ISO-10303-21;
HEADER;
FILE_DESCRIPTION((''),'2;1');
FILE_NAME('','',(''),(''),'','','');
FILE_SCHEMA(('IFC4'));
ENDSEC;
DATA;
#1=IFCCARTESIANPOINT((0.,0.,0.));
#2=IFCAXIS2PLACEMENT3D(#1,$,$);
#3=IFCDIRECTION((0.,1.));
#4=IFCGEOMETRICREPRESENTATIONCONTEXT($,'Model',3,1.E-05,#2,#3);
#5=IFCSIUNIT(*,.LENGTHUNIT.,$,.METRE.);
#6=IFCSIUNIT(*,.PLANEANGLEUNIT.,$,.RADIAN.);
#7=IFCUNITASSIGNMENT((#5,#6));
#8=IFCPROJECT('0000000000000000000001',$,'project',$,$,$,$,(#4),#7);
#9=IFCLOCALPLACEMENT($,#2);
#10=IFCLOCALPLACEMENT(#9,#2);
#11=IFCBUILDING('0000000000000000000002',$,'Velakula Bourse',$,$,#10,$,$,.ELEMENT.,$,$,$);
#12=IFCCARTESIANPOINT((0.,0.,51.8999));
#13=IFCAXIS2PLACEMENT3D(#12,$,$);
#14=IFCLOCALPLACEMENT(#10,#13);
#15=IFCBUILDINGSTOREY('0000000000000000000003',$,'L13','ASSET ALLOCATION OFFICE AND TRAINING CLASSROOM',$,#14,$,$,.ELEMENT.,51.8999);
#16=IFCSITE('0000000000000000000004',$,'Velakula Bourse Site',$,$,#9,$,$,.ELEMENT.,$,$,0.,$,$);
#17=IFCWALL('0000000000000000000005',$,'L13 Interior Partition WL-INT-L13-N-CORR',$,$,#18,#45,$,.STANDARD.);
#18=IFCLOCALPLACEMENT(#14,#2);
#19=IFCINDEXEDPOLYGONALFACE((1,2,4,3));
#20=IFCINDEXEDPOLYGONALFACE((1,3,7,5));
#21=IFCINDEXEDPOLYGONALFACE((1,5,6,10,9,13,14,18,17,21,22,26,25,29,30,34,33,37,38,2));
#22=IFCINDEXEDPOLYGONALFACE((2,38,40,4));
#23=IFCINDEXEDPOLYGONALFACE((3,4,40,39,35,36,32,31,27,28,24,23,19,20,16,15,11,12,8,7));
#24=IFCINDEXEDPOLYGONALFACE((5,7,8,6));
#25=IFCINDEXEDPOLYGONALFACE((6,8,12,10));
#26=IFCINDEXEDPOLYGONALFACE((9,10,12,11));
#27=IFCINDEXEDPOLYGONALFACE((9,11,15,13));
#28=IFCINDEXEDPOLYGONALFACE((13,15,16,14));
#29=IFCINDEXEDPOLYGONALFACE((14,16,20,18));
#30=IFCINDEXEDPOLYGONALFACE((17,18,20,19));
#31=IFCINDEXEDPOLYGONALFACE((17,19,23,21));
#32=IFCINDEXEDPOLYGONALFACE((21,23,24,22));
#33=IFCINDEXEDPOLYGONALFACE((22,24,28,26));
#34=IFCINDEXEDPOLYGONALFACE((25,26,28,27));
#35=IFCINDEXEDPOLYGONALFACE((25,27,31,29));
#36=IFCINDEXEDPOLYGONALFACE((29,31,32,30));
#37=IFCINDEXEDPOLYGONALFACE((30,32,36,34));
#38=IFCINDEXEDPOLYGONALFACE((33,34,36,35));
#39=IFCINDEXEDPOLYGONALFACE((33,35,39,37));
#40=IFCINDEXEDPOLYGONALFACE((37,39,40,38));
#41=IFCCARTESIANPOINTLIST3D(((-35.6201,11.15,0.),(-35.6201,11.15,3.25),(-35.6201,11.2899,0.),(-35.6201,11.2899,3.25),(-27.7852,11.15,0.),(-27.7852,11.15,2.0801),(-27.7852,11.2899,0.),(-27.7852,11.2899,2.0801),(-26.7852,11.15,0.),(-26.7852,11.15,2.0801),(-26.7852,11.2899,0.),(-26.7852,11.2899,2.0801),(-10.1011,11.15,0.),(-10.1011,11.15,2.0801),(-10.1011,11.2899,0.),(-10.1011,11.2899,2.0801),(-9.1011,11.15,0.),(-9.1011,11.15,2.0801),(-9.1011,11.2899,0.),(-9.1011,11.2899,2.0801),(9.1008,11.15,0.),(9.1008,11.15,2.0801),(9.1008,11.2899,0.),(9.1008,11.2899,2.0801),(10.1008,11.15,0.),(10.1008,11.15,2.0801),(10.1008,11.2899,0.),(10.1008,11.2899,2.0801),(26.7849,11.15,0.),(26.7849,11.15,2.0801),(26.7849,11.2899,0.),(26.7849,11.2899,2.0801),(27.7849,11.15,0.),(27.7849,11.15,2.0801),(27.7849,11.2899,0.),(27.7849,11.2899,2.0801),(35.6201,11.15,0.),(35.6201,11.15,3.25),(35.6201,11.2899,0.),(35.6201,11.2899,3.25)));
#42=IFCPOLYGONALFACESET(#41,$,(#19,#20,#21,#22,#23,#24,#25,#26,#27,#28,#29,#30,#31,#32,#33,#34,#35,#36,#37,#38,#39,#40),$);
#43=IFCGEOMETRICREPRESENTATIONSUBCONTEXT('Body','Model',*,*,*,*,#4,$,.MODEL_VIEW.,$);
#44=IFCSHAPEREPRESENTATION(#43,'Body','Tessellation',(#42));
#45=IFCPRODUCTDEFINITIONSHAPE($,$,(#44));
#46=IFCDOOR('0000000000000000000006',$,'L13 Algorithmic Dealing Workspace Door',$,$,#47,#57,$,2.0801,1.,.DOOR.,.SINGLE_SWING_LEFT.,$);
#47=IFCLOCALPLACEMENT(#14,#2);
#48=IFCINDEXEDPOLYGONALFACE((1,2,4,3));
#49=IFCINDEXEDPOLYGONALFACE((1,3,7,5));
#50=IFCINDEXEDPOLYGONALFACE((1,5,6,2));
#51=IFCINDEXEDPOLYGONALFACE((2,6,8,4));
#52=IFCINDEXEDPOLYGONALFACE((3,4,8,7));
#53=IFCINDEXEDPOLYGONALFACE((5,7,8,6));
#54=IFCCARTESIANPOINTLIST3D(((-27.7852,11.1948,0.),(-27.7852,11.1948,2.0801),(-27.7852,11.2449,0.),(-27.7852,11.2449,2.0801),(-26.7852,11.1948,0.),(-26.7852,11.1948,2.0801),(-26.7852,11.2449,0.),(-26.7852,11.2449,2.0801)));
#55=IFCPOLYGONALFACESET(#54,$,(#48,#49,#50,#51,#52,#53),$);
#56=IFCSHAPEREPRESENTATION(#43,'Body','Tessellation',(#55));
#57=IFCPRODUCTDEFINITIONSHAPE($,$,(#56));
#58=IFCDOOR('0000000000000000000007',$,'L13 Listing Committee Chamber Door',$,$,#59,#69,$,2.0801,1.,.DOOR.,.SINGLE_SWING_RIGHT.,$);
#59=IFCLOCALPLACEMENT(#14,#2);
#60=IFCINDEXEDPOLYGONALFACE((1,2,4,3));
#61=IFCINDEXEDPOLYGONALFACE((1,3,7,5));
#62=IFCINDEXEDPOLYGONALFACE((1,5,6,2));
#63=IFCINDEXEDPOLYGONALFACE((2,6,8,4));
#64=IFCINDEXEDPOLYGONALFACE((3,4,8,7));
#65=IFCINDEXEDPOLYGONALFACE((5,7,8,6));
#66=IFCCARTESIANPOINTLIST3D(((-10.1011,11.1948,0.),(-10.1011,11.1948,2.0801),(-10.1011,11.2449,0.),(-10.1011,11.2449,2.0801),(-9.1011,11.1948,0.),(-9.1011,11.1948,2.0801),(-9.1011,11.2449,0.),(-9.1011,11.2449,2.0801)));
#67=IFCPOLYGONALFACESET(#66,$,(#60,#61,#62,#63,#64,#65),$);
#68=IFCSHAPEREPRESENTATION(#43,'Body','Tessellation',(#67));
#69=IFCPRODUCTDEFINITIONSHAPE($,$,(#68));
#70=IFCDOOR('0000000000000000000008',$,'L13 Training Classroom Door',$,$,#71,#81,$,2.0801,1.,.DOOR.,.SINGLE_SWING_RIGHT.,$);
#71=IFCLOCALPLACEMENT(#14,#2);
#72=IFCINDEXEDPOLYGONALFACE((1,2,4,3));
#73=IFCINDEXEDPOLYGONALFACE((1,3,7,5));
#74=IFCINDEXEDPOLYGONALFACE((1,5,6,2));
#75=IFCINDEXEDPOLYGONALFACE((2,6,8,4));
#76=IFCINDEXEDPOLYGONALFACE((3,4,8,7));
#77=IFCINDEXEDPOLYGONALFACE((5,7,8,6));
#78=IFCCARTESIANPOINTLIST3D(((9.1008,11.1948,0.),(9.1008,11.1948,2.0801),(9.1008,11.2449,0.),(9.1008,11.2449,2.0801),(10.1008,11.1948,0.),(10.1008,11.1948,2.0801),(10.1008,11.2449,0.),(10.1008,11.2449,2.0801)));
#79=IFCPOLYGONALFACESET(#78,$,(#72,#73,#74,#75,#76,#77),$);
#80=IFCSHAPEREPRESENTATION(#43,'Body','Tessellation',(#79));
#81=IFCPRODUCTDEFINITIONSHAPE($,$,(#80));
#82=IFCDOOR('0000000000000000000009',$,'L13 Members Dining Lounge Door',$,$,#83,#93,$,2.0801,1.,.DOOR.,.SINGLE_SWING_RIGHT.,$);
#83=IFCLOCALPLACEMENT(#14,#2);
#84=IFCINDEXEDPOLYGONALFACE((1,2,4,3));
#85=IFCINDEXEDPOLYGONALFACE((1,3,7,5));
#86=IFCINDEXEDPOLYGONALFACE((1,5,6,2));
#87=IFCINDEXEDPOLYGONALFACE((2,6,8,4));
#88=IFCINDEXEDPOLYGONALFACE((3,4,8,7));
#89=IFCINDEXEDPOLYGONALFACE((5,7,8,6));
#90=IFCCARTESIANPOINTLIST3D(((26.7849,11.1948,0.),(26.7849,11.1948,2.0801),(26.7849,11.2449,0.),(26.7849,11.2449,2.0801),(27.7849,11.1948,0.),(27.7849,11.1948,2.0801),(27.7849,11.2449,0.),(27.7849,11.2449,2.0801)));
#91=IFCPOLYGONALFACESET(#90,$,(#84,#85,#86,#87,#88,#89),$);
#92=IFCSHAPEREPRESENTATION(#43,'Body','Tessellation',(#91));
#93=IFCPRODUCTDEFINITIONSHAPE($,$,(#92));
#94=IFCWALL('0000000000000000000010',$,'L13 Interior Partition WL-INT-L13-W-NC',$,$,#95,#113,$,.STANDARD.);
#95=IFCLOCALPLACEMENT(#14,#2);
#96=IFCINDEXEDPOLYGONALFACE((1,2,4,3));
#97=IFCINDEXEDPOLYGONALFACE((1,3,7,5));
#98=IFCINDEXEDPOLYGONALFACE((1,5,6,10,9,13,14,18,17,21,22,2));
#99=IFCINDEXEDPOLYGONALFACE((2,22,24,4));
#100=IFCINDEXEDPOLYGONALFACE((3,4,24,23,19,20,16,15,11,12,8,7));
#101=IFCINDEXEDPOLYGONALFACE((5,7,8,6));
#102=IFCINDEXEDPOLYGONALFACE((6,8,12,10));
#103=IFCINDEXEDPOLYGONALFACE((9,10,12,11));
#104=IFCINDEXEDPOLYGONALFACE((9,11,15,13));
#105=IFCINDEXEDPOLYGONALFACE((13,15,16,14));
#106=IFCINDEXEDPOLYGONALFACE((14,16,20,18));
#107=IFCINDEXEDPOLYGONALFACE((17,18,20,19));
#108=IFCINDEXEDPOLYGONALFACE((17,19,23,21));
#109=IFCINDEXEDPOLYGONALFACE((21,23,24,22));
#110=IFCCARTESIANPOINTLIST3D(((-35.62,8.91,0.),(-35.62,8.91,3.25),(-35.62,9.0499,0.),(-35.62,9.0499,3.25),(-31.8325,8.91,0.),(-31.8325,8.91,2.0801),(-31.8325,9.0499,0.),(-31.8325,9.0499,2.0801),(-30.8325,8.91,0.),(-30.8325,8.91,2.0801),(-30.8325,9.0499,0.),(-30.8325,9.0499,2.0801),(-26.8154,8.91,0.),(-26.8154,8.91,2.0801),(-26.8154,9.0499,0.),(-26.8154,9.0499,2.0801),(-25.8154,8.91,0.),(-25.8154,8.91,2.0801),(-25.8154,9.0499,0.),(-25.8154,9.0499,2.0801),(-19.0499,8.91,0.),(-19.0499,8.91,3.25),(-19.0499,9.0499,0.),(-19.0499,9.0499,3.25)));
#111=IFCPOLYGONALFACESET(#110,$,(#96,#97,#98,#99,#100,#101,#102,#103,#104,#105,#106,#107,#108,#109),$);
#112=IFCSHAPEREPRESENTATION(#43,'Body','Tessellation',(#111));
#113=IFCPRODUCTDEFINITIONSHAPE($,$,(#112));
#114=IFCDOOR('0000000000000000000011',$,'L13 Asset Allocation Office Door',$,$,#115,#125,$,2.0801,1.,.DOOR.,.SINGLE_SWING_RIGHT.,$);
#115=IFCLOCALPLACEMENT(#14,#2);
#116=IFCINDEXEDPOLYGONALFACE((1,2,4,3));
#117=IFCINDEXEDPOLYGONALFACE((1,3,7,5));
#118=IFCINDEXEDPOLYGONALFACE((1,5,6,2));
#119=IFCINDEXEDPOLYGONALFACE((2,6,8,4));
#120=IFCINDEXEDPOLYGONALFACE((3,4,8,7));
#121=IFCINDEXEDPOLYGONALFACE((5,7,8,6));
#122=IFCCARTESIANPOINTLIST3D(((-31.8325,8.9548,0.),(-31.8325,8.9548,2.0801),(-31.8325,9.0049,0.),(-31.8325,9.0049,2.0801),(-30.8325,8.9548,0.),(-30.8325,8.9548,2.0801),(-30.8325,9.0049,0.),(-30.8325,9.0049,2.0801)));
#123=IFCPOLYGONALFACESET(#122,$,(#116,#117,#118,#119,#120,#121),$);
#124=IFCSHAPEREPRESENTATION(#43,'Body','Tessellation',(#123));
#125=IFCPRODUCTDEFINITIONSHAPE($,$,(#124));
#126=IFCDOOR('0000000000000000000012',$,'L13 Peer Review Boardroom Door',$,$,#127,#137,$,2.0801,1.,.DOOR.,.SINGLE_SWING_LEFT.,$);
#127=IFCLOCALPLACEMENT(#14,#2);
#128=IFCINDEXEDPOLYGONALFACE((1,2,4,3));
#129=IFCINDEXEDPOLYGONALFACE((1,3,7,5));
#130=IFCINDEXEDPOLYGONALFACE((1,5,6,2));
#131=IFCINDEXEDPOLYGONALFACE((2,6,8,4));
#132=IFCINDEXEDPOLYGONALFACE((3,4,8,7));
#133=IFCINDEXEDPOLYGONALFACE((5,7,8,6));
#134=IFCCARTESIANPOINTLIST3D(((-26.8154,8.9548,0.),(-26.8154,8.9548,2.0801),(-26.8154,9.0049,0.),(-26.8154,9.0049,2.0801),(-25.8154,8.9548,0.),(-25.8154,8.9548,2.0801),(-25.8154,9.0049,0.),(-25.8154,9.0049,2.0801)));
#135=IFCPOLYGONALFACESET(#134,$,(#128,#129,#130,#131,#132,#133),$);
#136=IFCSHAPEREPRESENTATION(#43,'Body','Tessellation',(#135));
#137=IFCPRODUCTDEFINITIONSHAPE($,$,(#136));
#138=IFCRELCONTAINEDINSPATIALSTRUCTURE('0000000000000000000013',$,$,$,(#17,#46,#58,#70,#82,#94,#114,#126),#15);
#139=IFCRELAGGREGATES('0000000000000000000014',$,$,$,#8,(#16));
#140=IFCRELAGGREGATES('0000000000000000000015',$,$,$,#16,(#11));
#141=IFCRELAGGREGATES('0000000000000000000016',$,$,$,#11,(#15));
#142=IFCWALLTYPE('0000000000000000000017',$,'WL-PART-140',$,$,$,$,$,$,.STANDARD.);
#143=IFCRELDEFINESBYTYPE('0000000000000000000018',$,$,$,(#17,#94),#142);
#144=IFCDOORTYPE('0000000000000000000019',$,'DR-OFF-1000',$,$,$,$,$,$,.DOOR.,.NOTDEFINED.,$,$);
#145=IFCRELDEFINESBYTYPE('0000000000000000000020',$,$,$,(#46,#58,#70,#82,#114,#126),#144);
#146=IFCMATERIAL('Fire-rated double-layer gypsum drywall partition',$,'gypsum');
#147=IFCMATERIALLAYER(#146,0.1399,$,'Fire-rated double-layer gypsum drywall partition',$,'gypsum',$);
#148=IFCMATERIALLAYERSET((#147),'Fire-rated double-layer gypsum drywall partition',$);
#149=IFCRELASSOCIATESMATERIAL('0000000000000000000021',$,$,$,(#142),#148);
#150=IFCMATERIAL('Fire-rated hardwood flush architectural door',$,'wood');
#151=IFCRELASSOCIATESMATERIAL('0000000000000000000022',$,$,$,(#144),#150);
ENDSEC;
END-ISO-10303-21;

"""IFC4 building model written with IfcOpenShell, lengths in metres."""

from ifc_helpers import new_model, si_unit, direction, frame, frame_2d, origin, place, context, subcontext, project, spatial, rectangle, extrude, material, layer, layer_set, type_object, element, fill, save


model = new_model("IFC4")

# Units and contexts
model_context = context("Model", 3, precision=1e-05, world=origin(), true_north=direction((0.0, 1.0)))
body_context = subcontext(model_context, "Body", "Model", "MODEL_VIEW")
ifc_project = project(units=[si_unit("LENGTHUNIT", "METRE"), si_unit("PLANEANGLEUNIT", "RADIAN")], contexts=[model_context])

# Site, building, storey
site_placement = place(None, origin())
site = spatial("IfcSite", under=ifc_project, at=site_placement, Name="Velakula Bourse Site", CompositionType="ELEMENT", RefElevation=0.0)
building_placement = place(site_placement, origin())
building = spatial("IfcBuilding", under=site, at=building_placement, Name="Velakula Bourse", CompositionType="ELEMENT")
storey_placement = place(building_placement, frame((0.0, 0.0, 51.8999)))
storey = spatial("IfcBuildingStorey", under=building, at=storey_placement, Name="L13", Description="ASSET ALLOCATION OFFICE AND TRAINING CLASSROOM", CompositionType="ELEMENT", Elevation=51.8999)

# Walls, openings, doors
ifc_material_1 = material(Name="Fire-rated double-layer gypsum drywall partition", Category="gypsum")
ifc_layer_1 = layer(ifc_material_1, 0.1399, Name="Fire-rated double-layer gypsum drywall partition", Category="gypsum")
ifc_layer_set_1 = layer_set([ifc_layer_1], Name="Fire-rated double-layer gypsum drywall partition")
wall_type_1 = type_object("IfcWallType", Name="WL-PART-140", PredefinedType="STANDARD", material=ifc_layer_set_1)
wall_1_placement = place(storey_placement, frame((-35.6201, 11.22, 0.0), z_axis=(0.0, 0.0, 1.0), x_axis=(1.0, 0.0, 0.0)))
wall_1 = element("IfcWall", 1, at=wall_1_placement, inside=storey, type_object=wall_type_1, Name="L13 Interior Partition WL-INT-L13-N-CORR", PredefinedType="STANDARD", context=body_context, shape_type="SweptSolid", body=[
    extrude(rectangle(XDim=71.2402, YDim=0.1399, at=frame_2d((35.6201, 0.0))), origin(), (0.0, 0.0, 1.0), 3.25),
])
opening_1_placement = place(wall_1_placement, frame((7.835, 0.0, 0.0)))
opening_1 = element("IfcOpeningElement", 2, at=opening_1_placement, cuts=wall_1, PredefinedType="OPENING", context=body_context, shape_type="SweptSolid", body=[
    extrude(rectangle(XDim=1.0, YDim=2.0801, at=frame_2d((0.5, 1.04))), frame((0.0, 0.0798, 0.0), z_axis=(0.0, -1.0, 0.0), x_axis=(1.0, 0.0, 0.0)), (0.0, 0.0, 1.0), 0.1599),
])
opening_2_placement = place(wall_1_placement, frame((25.519, 0.0, 0.0)))
opening_2 = element("IfcOpeningElement", 3, at=opening_2_placement, cuts=wall_1, PredefinedType="OPENING", context=body_context, shape_type="SweptSolid", body=[
    extrude(rectangle(XDim=1.0, YDim=2.0801, at=frame_2d((0.5, 1.04))), frame((0.0, 0.0798, 0.0), z_axis=(0.0, -1.0, 0.0), x_axis=(1.0, 0.0, 0.0)), (0.0, 0.0, 1.0), 0.1599),
])
opening_3_placement = place(wall_1_placement, frame((44.7209, 0.0, 0.0)))
opening_3 = element("IfcOpeningElement", 4, at=opening_3_placement, cuts=wall_1, PredefinedType="OPENING", context=body_context, shape_type="SweptSolid", body=[
    extrude(rectangle(XDim=1.0, YDim=2.0801, at=frame_2d((0.5, 1.04))), frame((0.0, 0.0798, 0.0), z_axis=(0.0, -1.0, 0.0), x_axis=(1.0, 0.0, 0.0)), (0.0, 0.0, 1.0), 0.1599),
])
opening_4_placement = place(wall_1_placement, frame((62.405, 0.0, 0.0)))
opening_4 = element("IfcOpeningElement", 5, at=opening_4_placement, cuts=wall_1, PredefinedType="OPENING", context=body_context, shape_type="SweptSolid", body=[
    extrude(rectangle(XDim=1.0, YDim=2.0801, at=frame_2d((0.5, 1.04))), frame((0.0, 0.0798, 0.0), z_axis=(0.0, -1.0, 0.0), x_axis=(1.0, 0.0, 0.0)), (0.0, 0.0, 1.0), 0.1599),
])
ifc_material_2 = material(Name="Fire-rated hardwood flush architectural door", Category="wood")
door_type = type_object("IfcDoorType", Name="DR-OFF-1000", OperationType="NOTDEFINED", PredefinedType="DOOR", material=ifc_material_2)
door_1_placement = place(opening_1_placement, origin())
door_1 = element("IfcDoor", 6, at=door_1_placement, inside=storey, type_object=door_type, Name="L13 Algorithmic Dealing Workspace Door", OperationType="SINGLE_SWING_LEFT", OverallHeight=2.0801, OverallWidth=1.0, PredefinedType="DOOR", context=body_context, shape_type="SweptSolid", body=[
    extrude(rectangle(XDim=1.0, YDim=2.0801, at=frame_2d((0.5, 1.04))), frame((0.0, 0.0249, 0.0), z_axis=(0.0, -1.0, 0.0), x_axis=(1.0, 0.0, 0.0)), (0.0, 0.0, 1.0), 0.05),
])
fill(opening_1, door_1)
door_2_placement = place(opening_2_placement, origin())
door_2 = element("IfcDoor", 7, at=door_2_placement, inside=storey, type_object=door_type, Name="L13 Listing Committee Chamber Door", OperationType="SINGLE_SWING_RIGHT", OverallHeight=2.0801, OverallWidth=1.0, PredefinedType="DOOR", context=body_context, shape_type="SweptSolid", body=[
    extrude(rectangle(XDim=1.0, YDim=2.0801, at=frame_2d((0.5, 1.04))), frame((0.0, 0.0249, 0.0), z_axis=(0.0, -1.0, 0.0), x_axis=(1.0, 0.0, 0.0)), (0.0, 0.0, 1.0), 0.05),
])
fill(opening_2, door_2)
door_3_placement = place(opening_3_placement, origin())
door_3 = element("IfcDoor", 8, at=door_3_placement, inside=storey, type_object=door_type, Name="L13 Training Classroom Door", OperationType="SINGLE_SWING_RIGHT", OverallHeight=2.0801, OverallWidth=1.0, PredefinedType="DOOR", context=body_context, shape_type="SweptSolid", body=[
    extrude(rectangle(XDim=1.0, YDim=2.0801, at=frame_2d((0.5, 1.04))), frame((0.0, 0.0249, 0.0), z_axis=(0.0, -1.0, 0.0), x_axis=(1.0, 0.0, 0.0)), (0.0, 0.0, 1.0), 0.05),
])
fill(opening_3, door_3)
door_4_placement = place(opening_4_placement, origin())
door_4 = element("IfcDoor", 9, at=door_4_placement, inside=storey, type_object=door_type, Name="L13 Members Dining Lounge Door", OperationType="SINGLE_SWING_RIGHT", OverallHeight=2.0801, OverallWidth=1.0, PredefinedType="DOOR", context=body_context, shape_type="SweptSolid", body=[
    extrude(rectangle(XDim=1.0, YDim=2.0801, at=frame_2d((0.5, 1.04))), frame((0.0, 0.0249, 0.0), z_axis=(0.0, -1.0, 0.0), x_axis=(1.0, 0.0, 0.0)), (0.0, 0.0, 1.0), 0.05),
])
fill(opening_4, door_4)
wall_2_placement = place(storey_placement, frame((-35.6201, 8.98, 0.0), z_axis=(0.0, 0.0, 1.0), x_axis=(1.0, 0.0, 0.0)))
wall_2 = element("IfcWall", 10, at=wall_2_placement, inside=storey, type_object=wall_type_1, Name="L13 Interior Partition WL-INT-L13-W-NC", PredefinedType="STANDARD", context=body_context, shape_type="SweptSolid", body=[
    extrude(rectangle(XDim=16.5701, YDim=0.1399, at=frame_2d((8.2852, 0.0))), origin(), (0.0, 0.0, 1.0), 3.25),
])
opening_5_placement = place(wall_2_placement, frame((3.7876, 0.0, 0.0)))
opening_5 = element("IfcOpeningElement", 11, at=opening_5_placement, cuts=wall_2, PredefinedType="OPENING", context=body_context, shape_type="SweptSolid", body=[
    extrude(rectangle(XDim=1.0, YDim=2.0801, at=frame_2d((0.5, 1.04))), frame((0.0, 0.0798, 0.0), z_axis=(0.0, -1.0, 0.0), x_axis=(1.0, 0.0, 0.0)), (0.0, 0.0, 1.0), 0.1599),
])
opening_6_placement = place(wall_2_placement, frame((8.8047, 0.0, 0.0)))
opening_6 = element("IfcOpeningElement", 12, at=opening_6_placement, cuts=wall_2, PredefinedType="OPENING", context=body_context, shape_type="SweptSolid", body=[
    extrude(rectangle(XDim=1.0, YDim=2.0801, at=frame_2d((0.5, 1.04))), frame((0.0, 0.0798, 0.0), z_axis=(0.0, -1.0, 0.0), x_axis=(1.0, 0.0, 0.0)), (0.0, 0.0, 1.0), 0.1599),
])
door_5_placement = place(opening_5_placement, origin())
door_5 = element("IfcDoor", 13, at=door_5_placement, inside=storey, type_object=door_type, Name="L13 Asset Allocation Office Door", OperationType="SINGLE_SWING_RIGHT", OverallHeight=2.0801, OverallWidth=1.0, PredefinedType="DOOR", context=body_context, shape_type="SweptSolid", body=[
    extrude(rectangle(XDim=1.0, YDim=2.0801, at=frame_2d((0.5, 1.04))), frame((0.0, 0.0249, 0.0), z_axis=(0.0, -1.0, 0.0), x_axis=(1.0, 0.0, 0.0)), (0.0, 0.0, 1.0), 0.05),
])
fill(opening_5, door_5)
door_6_placement = place(opening_6_placement, origin())
door_6 = element("IfcDoor", 14, at=door_6_placement, inside=storey, type_object=door_type, Name="L13 Peer Review Boardroom Door", OperationType="SINGLE_SWING_LEFT", OverallHeight=2.0801, OverallWidth=1.0, PredefinedType="DOOR", context=body_context, shape_type="SweptSolid", body=[
    extrude(rectangle(XDim=1.0, YDim=2.0801, at=frame_2d((0.5, 1.04))), frame((0.0, 0.0249, 0.0), z_axis=(0.0, -1.0, 0.0), x_axis=(1.0, 0.0, 0.0)), (0.0, 0.0, 1.0), 0.05),
])
fill(opening_6, door_6)

save(model, "model.ifc")
